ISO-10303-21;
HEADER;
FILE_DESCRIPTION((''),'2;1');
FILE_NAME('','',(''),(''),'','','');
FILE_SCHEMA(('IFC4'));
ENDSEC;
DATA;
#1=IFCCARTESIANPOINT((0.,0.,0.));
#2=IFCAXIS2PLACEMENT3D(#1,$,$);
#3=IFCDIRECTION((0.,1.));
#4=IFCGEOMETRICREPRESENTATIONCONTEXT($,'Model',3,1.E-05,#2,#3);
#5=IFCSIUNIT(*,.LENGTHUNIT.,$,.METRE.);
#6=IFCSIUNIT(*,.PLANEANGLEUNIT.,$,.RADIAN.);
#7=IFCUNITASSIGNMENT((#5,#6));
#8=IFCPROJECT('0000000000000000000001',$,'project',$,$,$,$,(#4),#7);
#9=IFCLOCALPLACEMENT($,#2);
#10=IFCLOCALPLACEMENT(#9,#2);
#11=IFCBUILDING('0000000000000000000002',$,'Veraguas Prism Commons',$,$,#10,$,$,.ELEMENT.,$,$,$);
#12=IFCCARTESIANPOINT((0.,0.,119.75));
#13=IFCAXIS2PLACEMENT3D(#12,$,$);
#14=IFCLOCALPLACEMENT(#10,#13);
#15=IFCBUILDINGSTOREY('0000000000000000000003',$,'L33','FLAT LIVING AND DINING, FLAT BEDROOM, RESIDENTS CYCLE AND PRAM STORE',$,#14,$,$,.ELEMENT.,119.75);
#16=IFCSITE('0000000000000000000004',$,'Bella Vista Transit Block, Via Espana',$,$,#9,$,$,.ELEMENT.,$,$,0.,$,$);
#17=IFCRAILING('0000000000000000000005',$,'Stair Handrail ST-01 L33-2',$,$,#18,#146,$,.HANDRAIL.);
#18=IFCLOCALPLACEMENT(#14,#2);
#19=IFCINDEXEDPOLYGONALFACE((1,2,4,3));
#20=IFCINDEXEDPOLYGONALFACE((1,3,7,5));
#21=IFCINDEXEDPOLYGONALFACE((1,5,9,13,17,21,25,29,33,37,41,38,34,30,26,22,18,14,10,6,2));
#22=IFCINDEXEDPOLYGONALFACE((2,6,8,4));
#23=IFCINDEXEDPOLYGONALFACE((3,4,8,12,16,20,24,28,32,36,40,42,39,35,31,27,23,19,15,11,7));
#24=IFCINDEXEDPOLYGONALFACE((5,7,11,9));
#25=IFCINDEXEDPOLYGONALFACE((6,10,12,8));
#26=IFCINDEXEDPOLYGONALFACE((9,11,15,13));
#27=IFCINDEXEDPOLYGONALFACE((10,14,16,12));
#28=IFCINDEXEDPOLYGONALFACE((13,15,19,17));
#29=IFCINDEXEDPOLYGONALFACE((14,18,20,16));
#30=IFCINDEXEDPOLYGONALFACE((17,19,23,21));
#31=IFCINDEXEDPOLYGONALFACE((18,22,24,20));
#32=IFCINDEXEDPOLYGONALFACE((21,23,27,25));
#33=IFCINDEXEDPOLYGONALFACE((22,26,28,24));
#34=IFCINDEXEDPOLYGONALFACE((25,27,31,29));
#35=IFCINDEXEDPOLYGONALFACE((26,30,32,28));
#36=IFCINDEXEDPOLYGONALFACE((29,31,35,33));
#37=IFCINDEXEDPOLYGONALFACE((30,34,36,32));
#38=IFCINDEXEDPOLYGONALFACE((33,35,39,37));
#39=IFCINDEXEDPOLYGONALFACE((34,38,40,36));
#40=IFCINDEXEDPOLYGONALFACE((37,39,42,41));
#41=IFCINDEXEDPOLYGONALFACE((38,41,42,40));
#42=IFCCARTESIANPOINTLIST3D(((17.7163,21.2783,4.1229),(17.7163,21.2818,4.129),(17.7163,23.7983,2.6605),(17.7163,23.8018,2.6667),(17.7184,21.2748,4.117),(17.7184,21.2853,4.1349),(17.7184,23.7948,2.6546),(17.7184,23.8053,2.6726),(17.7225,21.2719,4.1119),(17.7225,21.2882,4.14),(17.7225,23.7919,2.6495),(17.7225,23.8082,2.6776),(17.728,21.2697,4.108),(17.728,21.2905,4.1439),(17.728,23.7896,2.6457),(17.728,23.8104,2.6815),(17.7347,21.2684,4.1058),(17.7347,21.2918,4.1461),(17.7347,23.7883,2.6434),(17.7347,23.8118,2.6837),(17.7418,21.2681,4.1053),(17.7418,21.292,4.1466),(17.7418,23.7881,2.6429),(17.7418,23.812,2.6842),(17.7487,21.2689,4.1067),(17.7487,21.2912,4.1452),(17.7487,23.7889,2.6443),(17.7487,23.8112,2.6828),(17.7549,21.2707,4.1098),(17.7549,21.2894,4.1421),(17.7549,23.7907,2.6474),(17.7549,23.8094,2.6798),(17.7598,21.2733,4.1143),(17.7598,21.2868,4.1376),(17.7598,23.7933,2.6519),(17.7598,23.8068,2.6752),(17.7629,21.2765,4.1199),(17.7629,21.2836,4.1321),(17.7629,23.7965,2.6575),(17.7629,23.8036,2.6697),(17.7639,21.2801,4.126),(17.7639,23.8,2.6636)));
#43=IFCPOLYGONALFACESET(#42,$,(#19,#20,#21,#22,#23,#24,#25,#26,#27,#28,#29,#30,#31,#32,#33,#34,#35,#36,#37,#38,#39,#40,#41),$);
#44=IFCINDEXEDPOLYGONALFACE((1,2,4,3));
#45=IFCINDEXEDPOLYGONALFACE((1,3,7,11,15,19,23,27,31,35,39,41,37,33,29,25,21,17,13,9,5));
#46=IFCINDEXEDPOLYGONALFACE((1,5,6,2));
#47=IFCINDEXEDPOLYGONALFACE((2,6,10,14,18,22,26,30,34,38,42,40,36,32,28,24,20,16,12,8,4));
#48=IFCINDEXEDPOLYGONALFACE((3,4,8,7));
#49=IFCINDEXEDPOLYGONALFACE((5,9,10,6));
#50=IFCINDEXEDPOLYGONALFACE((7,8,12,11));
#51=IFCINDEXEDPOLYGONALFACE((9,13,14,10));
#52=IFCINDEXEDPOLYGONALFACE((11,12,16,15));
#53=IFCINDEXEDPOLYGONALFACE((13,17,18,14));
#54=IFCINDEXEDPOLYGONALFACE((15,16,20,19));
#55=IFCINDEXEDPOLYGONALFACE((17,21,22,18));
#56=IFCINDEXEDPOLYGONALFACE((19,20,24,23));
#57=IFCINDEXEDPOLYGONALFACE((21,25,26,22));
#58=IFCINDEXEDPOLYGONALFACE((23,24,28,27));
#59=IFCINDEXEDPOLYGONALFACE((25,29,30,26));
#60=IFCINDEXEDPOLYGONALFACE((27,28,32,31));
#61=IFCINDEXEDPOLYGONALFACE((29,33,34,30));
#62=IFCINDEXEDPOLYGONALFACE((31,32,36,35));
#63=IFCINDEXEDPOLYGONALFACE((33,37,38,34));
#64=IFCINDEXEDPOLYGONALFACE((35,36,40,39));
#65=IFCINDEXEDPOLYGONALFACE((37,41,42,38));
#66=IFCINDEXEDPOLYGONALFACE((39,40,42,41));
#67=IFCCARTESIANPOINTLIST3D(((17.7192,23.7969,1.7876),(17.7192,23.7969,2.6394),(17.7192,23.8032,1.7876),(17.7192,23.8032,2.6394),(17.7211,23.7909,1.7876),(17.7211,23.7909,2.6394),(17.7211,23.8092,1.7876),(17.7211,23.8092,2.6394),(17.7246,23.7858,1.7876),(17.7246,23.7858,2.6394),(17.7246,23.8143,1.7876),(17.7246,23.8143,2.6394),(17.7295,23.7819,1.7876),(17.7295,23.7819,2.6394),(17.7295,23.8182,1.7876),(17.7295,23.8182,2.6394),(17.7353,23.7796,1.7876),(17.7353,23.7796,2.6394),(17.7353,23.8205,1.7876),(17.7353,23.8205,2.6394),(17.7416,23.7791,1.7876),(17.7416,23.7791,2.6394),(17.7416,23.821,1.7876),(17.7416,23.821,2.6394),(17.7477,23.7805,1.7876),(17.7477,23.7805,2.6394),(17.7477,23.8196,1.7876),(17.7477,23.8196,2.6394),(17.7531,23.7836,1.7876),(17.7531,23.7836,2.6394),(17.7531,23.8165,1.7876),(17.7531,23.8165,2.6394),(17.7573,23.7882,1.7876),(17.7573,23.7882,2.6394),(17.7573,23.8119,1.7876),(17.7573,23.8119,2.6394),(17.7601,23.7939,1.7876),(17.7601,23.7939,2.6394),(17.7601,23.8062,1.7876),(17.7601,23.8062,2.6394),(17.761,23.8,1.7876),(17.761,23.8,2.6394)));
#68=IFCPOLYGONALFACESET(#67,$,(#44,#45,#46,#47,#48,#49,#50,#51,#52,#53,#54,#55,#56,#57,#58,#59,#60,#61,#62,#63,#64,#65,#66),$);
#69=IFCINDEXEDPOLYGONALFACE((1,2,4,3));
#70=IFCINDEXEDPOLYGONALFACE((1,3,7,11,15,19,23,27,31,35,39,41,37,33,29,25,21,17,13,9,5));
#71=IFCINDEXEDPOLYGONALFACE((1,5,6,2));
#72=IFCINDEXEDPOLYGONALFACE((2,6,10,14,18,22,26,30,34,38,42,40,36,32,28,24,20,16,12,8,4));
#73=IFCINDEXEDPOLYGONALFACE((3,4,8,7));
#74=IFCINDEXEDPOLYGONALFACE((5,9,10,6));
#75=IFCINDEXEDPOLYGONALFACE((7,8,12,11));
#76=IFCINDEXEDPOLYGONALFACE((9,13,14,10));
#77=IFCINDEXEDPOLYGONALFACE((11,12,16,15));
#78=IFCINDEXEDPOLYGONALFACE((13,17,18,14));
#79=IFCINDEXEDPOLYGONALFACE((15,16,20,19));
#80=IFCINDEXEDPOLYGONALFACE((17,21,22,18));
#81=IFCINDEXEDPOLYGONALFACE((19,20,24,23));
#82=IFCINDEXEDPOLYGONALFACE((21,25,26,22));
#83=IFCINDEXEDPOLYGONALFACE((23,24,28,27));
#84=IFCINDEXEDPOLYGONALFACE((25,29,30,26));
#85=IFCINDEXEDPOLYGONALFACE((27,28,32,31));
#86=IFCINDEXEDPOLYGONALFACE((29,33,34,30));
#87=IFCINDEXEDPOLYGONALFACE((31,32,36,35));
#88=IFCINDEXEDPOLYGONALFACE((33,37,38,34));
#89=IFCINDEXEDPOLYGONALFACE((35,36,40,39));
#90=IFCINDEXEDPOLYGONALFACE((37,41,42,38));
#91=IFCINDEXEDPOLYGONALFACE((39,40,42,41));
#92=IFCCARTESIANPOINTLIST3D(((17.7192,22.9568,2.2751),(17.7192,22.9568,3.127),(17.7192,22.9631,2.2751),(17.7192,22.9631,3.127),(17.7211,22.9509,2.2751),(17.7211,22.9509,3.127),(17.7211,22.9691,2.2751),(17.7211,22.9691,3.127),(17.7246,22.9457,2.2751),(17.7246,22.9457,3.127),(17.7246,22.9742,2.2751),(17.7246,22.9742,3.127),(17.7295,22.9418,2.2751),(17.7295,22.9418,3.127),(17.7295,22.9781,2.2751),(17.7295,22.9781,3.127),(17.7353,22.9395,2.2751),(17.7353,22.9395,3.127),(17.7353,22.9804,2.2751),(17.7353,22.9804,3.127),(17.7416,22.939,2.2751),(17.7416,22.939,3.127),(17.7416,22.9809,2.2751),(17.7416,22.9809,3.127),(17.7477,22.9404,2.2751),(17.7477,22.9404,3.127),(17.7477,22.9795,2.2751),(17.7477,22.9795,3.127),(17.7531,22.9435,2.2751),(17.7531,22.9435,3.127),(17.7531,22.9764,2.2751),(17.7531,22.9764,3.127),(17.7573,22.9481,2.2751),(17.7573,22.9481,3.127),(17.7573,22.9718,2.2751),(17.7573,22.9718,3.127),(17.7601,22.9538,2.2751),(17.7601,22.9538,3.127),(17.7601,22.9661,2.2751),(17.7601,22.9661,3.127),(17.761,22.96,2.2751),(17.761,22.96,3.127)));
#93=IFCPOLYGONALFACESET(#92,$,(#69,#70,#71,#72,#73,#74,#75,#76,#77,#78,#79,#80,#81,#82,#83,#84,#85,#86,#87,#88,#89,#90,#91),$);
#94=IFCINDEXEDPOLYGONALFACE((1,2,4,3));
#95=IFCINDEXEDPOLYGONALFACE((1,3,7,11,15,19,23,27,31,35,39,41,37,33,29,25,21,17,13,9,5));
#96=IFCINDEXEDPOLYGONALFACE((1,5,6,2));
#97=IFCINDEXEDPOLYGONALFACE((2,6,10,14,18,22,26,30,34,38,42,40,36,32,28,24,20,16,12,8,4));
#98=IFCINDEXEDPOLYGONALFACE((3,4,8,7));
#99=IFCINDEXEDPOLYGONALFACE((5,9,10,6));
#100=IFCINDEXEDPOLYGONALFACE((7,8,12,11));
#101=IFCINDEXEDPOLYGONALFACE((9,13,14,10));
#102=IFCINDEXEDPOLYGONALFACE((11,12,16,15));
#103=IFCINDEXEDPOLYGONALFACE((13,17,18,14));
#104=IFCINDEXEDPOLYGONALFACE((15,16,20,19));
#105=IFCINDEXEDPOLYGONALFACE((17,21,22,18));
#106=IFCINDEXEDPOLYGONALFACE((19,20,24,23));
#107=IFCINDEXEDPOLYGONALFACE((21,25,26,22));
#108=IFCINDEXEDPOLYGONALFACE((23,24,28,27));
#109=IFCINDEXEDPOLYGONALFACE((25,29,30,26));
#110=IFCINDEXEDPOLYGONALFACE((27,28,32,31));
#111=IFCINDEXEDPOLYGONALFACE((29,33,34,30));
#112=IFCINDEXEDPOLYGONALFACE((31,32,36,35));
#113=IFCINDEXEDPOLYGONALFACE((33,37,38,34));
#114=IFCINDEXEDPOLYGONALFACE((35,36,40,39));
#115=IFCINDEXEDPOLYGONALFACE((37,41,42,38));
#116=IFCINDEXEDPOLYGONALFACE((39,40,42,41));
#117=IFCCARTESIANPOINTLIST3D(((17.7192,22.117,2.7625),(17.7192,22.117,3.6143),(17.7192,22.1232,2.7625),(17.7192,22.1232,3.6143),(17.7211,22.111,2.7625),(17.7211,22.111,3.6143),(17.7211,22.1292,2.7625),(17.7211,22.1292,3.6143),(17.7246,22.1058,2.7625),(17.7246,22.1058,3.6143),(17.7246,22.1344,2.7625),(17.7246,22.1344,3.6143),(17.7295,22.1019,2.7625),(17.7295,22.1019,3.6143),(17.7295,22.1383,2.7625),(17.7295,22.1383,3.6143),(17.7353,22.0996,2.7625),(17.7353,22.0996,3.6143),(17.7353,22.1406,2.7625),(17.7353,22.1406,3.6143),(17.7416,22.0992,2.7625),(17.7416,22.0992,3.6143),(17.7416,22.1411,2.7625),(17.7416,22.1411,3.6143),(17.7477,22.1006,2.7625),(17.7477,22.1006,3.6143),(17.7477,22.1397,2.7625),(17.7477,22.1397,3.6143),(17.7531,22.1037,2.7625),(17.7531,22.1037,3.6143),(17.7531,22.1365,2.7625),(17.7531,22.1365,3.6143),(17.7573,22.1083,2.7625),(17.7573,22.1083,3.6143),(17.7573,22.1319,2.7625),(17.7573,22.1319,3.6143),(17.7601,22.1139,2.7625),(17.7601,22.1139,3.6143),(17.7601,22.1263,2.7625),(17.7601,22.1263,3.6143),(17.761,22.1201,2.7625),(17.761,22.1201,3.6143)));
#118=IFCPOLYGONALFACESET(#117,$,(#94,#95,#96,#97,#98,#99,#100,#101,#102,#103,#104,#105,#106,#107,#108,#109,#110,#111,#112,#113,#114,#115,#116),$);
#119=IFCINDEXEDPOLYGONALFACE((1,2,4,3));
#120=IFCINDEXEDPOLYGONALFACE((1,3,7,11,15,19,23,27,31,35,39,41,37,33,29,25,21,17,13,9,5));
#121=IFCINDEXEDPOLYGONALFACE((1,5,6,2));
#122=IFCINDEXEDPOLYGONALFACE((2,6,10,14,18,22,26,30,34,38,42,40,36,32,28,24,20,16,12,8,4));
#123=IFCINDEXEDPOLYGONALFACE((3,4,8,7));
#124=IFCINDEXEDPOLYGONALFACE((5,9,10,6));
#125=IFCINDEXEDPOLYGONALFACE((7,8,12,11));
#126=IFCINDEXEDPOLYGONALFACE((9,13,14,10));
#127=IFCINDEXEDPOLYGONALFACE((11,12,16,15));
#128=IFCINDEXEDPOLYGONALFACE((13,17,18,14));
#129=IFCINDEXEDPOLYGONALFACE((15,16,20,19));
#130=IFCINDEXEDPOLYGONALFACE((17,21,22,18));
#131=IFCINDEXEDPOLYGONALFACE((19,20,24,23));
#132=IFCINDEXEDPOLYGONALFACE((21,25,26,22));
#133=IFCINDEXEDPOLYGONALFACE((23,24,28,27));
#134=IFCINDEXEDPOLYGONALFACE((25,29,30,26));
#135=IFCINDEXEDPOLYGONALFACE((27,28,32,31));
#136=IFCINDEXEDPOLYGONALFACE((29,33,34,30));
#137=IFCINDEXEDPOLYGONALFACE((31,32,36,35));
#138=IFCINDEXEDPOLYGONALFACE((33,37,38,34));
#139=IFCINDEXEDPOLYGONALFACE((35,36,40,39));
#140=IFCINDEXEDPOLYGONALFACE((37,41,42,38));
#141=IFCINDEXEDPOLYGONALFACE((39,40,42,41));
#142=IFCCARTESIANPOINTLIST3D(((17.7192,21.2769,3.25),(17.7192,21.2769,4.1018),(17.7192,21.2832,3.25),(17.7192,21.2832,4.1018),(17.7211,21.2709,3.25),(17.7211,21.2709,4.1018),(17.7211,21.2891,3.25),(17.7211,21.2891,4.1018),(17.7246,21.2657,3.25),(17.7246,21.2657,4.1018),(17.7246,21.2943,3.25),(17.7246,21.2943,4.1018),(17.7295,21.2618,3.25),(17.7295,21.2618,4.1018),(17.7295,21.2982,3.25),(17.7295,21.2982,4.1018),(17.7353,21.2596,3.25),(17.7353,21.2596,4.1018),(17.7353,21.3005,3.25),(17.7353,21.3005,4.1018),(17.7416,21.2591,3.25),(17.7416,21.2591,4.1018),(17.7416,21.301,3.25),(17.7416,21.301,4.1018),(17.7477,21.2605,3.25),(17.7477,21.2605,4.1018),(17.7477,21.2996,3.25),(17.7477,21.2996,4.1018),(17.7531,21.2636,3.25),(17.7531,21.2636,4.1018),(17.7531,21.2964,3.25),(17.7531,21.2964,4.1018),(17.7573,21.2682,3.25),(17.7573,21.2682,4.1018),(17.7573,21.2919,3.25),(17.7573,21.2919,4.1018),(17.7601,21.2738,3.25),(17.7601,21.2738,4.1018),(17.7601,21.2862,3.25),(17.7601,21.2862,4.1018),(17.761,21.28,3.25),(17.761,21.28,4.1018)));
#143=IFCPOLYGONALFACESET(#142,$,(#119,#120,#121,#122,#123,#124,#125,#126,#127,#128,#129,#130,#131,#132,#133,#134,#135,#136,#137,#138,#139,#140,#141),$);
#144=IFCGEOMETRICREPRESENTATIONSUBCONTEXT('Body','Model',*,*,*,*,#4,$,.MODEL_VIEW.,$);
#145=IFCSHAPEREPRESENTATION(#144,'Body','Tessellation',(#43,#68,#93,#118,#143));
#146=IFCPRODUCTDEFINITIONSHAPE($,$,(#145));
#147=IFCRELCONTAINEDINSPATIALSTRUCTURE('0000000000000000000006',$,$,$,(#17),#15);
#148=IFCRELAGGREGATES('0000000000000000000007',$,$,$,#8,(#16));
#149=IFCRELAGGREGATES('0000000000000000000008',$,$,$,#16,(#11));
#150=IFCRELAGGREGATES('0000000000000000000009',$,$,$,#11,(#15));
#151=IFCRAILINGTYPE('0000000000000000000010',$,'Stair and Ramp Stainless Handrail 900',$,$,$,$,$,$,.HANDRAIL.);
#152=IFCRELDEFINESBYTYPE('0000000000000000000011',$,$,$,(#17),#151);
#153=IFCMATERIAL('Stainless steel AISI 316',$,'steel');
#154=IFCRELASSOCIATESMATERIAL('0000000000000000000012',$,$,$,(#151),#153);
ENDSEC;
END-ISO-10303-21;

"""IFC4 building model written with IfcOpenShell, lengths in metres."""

from ifc_helpers import new_model, si_unit, direction, frame, origin, origin_2d, place, context, subcontext, project, spatial, circle, extrude, material, type_object, element, save


model = new_model("IFC4")

# Units and contexts
model_context = context("Model", 3, precision=1e-05, world=origin(), true_north=direction((0.0, 1.0)))
body_context = subcontext(model_context, "Body", "Model", "MODEL_VIEW")
ifc_project = project(units=[si_unit("LENGTHUNIT", "METRE"), si_unit("PLANEANGLEUNIT", "RADIAN")], contexts=[model_context])

# Site, building, storey
site_placement = place(None, origin())
site = spatial("IfcSite", under=ifc_project, at=site_placement, Name="Bella Vista Transit Block, Via Espana", CompositionType="ELEMENT", RefElevation=0.0)
building_placement = place(site_placement, origin())
building = spatial("IfcBuilding", under=site, at=building_placement, Name="Veraguas Prism Commons", CompositionType="ELEMENT")
storey_placement = place(building_placement, frame((0.0, 0.0, 119.75)))
storey = spatial("IfcBuildingStorey", under=building, at=storey_placement, Name="L33", Description="FLAT LIVING AND DINING, FLAT BEDROOM, RESIDENTS CYCLE AND PRAM STORE", CompositionType="ELEMENT", Elevation=119.75)

# Railing
ifc_material_1 = material(Name="Stainless steel AISI 316", Category="steel")
railing_type_1 = type_object("IfcRailingType", Name="Stair and Ramp Stainless Handrail 900", PredefinedType="HANDRAIL", material=ifc_material_1)
railing_1_placement = place(storey_placement, frame((17.74, 23.8, 1.7876)))
element("IfcRailing", 1, at=railing_1_placement, inside=storey, type_object=railing_type_1, Name="Stair Handrail ST-01 L33-2", PredefinedType="HANDRAIL", context=body_context, shape_type="SweptSolid", body=[
    extrude(circle(Radius=0.0239, at=origin_2d()), frame((0.0, 0.0, 0.876), z_axis=(0.0, -0.864913, 0.501921), x_axis=(1.0, 0.0, 0.0)), (0.0, 0.0, 1.0), 2.9136),
    extrude(circle(Radius=0.021, at=origin_2d()), origin(), (0.0, 0.0, 1.0), 0.8518),
    extrude(circle(Radius=0.021, at=origin_2d()), frame((0.0, -0.8401, 0.4875)), (0.0, 0.0, 1.0), 0.8518),
    extrude(circle(Radius=0.021, at=origin_2d()), frame((0.0, -1.6799, 0.9749)), (0.0, 0.0, 1.0), 0.8518),
    extrude(circle(Radius=0.021, at=origin_2d()), frame((0.0, -2.52, 1.4624)), (0.0, 0.0, 1.0), 0.8518),
])

save(model, "model.ifc")
